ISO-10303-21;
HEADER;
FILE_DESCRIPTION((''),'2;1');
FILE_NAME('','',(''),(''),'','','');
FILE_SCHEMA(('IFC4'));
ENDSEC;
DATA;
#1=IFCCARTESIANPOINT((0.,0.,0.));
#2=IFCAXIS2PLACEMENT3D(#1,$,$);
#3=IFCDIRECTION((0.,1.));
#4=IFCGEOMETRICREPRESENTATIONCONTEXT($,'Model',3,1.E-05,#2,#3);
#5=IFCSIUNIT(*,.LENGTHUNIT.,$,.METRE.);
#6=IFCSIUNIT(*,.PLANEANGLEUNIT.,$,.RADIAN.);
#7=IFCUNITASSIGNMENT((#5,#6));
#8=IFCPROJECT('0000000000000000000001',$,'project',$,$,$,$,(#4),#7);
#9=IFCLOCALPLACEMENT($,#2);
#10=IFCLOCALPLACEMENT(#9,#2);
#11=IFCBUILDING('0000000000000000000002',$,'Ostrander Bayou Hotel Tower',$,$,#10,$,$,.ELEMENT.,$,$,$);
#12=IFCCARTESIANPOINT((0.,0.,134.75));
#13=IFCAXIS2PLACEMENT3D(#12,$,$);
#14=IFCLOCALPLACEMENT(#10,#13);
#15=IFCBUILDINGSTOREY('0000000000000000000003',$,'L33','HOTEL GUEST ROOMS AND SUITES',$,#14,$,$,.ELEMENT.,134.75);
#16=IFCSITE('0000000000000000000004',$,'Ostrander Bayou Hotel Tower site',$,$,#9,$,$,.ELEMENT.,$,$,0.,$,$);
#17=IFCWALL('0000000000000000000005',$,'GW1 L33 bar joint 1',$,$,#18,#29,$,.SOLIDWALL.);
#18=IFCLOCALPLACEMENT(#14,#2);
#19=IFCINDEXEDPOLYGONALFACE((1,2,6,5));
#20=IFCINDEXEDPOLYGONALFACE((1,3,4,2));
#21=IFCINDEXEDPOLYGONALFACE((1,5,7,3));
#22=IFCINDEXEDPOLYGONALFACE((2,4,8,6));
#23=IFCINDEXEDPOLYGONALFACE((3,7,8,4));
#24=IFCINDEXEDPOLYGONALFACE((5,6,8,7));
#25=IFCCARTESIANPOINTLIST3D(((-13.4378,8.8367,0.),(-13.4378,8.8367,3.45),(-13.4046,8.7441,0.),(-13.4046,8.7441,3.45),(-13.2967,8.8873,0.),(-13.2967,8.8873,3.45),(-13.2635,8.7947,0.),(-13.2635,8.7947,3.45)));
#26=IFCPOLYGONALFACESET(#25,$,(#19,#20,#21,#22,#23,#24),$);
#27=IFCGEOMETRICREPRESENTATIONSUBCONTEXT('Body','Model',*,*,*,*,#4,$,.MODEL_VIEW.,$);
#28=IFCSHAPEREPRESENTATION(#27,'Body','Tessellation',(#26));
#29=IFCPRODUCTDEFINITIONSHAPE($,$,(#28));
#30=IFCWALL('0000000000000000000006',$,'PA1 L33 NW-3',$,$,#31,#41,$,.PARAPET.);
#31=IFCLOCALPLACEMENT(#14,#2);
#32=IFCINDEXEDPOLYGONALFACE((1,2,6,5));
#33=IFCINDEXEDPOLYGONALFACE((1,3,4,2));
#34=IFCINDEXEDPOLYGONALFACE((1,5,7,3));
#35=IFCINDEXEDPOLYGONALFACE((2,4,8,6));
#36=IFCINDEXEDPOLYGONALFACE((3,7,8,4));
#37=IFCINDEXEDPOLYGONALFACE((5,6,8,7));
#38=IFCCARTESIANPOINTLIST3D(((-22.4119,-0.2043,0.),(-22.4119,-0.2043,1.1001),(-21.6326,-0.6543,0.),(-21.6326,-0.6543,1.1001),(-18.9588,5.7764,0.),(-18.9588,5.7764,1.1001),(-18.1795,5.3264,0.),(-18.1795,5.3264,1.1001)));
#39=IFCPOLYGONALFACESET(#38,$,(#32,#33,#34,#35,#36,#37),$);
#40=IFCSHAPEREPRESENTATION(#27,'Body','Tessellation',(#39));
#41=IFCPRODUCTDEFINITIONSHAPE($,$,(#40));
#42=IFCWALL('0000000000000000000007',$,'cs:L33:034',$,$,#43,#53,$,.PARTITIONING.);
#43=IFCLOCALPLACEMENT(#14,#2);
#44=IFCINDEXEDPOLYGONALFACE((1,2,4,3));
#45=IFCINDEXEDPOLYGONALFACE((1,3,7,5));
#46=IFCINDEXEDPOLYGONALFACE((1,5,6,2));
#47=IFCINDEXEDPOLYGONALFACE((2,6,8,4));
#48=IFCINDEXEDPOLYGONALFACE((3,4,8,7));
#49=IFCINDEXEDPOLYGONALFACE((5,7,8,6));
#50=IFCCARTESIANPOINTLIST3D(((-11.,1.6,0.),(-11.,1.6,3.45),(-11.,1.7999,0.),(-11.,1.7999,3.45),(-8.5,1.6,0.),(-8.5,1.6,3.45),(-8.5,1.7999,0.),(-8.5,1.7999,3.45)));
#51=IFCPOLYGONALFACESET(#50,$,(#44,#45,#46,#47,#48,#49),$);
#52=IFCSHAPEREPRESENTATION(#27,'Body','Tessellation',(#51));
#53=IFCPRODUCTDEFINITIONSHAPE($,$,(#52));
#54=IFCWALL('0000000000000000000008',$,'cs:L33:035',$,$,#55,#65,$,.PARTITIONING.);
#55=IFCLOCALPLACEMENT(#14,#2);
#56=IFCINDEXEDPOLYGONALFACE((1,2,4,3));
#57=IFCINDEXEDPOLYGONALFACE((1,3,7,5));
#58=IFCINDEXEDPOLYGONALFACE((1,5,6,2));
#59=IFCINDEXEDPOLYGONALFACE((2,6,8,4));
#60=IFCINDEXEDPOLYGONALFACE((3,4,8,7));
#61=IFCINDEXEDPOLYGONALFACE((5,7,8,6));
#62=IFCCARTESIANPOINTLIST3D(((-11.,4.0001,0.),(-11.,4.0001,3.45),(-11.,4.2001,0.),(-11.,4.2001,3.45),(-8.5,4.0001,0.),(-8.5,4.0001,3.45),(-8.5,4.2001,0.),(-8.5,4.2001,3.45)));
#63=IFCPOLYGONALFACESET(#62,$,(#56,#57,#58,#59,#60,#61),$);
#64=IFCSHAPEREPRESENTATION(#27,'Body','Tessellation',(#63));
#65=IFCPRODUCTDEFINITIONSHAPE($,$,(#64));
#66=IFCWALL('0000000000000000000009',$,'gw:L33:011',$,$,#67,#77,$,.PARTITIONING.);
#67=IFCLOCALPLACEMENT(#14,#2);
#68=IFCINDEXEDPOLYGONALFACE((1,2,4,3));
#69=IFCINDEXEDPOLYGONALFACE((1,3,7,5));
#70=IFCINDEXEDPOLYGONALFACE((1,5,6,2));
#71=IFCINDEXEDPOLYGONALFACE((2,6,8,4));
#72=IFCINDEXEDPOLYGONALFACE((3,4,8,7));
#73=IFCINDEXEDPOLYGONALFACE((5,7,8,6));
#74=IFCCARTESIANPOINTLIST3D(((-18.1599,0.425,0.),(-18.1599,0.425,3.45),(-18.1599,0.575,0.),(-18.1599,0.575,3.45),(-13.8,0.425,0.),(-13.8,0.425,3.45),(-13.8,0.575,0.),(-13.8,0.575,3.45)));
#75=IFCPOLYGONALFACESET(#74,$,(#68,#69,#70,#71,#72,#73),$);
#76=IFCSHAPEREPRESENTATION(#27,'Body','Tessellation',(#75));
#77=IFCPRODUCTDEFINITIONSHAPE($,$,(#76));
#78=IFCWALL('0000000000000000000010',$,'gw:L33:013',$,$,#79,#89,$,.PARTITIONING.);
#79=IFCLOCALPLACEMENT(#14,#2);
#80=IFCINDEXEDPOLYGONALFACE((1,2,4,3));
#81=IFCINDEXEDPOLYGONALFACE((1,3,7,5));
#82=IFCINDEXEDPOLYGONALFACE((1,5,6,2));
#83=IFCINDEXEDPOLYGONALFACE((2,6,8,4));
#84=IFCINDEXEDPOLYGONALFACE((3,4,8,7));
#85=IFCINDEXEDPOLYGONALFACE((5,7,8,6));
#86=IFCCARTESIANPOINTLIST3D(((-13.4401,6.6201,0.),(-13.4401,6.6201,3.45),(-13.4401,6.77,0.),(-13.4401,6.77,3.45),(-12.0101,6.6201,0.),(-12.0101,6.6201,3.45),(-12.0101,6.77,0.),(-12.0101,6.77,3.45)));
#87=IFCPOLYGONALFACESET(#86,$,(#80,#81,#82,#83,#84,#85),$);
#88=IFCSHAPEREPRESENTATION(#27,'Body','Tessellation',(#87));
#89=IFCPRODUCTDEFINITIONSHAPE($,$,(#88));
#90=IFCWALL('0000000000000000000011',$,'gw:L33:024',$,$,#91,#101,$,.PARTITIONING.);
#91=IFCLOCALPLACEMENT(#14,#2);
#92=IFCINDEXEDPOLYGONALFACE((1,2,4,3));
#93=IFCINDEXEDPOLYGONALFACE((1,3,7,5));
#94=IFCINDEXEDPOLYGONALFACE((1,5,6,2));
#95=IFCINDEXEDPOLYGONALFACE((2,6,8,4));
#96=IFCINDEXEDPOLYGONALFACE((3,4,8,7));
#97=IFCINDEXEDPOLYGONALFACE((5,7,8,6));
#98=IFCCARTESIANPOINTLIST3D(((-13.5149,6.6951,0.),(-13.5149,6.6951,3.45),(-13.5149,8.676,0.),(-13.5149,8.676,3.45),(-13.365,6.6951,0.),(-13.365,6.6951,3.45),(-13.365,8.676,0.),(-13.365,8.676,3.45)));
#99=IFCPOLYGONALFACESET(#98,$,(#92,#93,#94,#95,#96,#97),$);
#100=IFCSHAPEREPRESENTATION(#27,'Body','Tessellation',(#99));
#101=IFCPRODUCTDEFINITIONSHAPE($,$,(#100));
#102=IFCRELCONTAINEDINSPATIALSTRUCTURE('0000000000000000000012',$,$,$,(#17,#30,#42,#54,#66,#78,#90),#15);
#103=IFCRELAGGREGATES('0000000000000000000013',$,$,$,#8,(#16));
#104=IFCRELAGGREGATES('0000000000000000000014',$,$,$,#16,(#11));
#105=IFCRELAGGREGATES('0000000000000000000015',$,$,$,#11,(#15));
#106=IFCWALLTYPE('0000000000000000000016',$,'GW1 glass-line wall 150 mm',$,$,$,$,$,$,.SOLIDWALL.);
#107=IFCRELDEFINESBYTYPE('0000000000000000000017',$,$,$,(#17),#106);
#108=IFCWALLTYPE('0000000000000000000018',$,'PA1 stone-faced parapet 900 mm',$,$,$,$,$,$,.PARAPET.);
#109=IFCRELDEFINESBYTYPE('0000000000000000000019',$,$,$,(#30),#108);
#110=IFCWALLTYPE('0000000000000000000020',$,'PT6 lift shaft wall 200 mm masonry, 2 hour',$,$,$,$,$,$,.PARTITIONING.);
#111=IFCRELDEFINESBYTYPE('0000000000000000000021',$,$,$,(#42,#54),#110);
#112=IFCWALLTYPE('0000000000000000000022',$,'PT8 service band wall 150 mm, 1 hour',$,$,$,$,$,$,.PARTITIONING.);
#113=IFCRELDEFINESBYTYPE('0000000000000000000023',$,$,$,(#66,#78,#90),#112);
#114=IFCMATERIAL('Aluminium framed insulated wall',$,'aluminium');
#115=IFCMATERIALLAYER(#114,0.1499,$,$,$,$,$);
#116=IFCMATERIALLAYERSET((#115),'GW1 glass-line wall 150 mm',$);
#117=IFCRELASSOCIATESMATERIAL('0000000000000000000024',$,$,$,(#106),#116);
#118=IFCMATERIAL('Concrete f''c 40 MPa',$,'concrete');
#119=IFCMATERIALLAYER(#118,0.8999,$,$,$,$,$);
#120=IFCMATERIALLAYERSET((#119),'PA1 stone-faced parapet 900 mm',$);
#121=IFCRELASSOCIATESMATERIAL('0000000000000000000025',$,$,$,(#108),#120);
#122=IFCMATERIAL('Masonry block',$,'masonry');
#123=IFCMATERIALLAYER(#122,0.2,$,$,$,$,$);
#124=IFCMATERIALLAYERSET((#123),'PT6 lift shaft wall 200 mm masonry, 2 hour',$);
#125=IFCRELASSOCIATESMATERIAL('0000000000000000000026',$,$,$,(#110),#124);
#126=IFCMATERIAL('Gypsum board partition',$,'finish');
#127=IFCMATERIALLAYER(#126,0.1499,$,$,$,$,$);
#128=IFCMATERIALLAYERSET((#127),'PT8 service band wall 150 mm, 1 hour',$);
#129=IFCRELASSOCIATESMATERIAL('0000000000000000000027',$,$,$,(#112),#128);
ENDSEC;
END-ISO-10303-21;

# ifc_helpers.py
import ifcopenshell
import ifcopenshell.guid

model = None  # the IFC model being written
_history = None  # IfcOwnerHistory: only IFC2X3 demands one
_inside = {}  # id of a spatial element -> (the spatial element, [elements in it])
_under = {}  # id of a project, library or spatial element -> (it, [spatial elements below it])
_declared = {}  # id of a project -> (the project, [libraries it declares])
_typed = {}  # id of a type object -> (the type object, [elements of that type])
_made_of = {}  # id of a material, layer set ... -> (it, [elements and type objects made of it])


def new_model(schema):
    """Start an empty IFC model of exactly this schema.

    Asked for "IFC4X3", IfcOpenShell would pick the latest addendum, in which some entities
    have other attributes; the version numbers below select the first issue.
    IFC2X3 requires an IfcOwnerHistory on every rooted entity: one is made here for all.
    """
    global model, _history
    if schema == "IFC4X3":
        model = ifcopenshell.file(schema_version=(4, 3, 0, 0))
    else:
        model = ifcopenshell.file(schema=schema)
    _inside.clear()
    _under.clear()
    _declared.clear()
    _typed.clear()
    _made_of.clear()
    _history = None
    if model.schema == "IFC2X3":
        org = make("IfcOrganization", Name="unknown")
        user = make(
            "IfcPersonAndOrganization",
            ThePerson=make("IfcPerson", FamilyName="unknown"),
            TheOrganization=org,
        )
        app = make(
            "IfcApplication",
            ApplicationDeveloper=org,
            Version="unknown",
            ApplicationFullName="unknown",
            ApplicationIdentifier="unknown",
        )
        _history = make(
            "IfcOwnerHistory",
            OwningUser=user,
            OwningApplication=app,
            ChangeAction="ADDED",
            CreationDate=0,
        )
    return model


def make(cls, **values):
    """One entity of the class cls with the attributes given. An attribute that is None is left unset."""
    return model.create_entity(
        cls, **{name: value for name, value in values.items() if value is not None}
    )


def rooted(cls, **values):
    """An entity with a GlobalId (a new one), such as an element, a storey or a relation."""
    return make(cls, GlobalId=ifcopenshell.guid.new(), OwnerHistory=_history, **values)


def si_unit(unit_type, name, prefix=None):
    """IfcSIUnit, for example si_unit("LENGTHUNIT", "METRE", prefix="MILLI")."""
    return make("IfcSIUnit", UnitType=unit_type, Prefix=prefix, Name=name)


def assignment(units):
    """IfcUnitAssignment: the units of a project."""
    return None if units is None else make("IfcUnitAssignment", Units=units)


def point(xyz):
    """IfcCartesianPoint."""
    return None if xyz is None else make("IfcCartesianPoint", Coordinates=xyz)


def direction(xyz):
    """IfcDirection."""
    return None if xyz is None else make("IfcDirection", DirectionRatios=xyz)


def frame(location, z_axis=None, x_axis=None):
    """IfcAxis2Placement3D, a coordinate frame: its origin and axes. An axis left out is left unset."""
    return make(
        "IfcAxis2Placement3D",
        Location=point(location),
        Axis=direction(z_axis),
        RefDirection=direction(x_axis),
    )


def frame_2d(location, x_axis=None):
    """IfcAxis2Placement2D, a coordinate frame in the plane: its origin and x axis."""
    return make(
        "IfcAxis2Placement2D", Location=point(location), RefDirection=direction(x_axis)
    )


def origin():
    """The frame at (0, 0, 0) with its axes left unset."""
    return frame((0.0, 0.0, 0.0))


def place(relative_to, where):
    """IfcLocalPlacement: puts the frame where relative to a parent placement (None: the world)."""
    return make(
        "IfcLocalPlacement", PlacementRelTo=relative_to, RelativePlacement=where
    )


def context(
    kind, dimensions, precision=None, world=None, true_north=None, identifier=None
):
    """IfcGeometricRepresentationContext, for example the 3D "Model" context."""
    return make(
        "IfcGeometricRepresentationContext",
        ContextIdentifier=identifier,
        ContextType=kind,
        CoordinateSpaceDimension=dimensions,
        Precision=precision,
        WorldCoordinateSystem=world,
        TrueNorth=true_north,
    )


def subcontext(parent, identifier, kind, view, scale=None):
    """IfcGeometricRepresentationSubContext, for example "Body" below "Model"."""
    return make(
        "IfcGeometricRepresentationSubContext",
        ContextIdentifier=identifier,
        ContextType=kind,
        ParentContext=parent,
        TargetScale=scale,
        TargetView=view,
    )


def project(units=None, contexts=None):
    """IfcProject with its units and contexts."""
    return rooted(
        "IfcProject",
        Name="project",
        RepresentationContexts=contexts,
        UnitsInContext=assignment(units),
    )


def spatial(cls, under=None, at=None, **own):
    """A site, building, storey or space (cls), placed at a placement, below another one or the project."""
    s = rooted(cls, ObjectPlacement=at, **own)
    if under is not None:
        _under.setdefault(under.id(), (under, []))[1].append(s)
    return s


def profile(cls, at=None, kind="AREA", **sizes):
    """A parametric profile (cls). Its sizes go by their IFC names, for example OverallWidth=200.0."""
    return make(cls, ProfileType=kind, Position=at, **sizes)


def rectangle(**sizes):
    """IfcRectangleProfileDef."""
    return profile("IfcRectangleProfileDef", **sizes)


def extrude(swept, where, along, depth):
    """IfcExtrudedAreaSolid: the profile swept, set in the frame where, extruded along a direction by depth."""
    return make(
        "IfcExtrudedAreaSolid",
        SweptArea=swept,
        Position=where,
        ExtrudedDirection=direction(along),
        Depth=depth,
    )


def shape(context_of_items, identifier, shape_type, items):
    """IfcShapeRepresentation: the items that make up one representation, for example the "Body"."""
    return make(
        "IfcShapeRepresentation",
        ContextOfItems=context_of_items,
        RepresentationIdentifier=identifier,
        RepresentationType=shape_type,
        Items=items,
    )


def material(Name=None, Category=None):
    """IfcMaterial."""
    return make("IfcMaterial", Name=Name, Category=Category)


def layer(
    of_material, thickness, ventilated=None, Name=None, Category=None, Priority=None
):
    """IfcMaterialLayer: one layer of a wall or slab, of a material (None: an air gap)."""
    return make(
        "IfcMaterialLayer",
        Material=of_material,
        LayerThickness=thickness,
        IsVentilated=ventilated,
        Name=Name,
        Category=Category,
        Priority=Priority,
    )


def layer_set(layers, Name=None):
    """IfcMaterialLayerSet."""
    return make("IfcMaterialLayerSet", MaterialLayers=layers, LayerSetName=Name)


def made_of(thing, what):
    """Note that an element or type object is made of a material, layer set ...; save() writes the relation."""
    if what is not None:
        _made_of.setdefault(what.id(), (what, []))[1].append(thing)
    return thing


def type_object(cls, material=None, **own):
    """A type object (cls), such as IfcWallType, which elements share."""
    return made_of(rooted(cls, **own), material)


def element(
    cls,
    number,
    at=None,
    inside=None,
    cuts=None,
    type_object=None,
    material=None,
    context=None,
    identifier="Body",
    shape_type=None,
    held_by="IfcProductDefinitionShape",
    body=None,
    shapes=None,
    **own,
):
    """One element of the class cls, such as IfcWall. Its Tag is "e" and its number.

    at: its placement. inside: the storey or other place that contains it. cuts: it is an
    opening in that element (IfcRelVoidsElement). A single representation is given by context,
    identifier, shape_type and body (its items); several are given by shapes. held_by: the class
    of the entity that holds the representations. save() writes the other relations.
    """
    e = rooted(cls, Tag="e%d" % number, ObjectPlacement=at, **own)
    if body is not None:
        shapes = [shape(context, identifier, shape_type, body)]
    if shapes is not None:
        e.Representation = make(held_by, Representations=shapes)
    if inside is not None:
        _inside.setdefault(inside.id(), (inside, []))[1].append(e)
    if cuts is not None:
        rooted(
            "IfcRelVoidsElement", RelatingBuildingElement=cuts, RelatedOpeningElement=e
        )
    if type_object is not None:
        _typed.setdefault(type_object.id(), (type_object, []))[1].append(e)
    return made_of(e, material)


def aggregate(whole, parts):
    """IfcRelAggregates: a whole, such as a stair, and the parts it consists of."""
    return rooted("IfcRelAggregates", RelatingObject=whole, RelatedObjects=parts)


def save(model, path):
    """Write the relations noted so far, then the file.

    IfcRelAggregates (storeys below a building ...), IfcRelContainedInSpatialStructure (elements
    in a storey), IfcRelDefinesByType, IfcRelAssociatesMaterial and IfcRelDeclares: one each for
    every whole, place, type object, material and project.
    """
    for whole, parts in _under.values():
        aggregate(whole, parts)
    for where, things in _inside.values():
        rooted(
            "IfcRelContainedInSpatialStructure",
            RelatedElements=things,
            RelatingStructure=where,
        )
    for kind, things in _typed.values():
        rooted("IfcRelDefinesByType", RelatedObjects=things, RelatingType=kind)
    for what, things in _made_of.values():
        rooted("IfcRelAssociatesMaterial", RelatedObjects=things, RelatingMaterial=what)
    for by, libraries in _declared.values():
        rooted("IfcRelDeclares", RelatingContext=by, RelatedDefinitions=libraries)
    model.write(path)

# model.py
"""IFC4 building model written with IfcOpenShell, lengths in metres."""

from ifc_helpers import new_model, si_unit, direction, frame, frame_2d, origin, place, context, subcontext, project, spatial, rectangle, extrude, material, layer, layer_set, type_object, element, save


model = new_model("IFC4")

# Units and contexts
model_context = context("Model", 3, precision=1e-05, world=origin(), true_north=direction((0.0, 1.0)))
body_context = subcontext(model_context, "Body", "Model", "MODEL_VIEW")
ifc_project = project(units=[si_unit("LENGTHUNIT", "METRE"), si_unit("PLANEANGLEUNIT", "RADIAN")], contexts=[model_context])

# Site, building, storey
site_placement = place(None, origin())
site = spatial("IfcSite", under=ifc_project, at=site_placement, Name="Ostrander Bayou Hotel Tower site", CompositionType="ELEMENT", RefElevation=0.0)
building_placement = place(site_placement, origin())
building = spatial("IfcBuilding", under=site, at=building_placement, Name="Ostrander Bayou Hotel Tower", CompositionType="ELEMENT")
storey_placement = place(building_placement, frame((0.0, 0.0, 134.75)))
storey = spatial("IfcBuildingStorey", under=building, at=storey_placement, Name="L33", Description="HOTEL GUEST ROOMS AND SUITES", CompositionType="ELEMENT", Elevation=134.75)

# Shared definitions
ifc_material_1 = material(Name="Aluminium framed insulated wall", Category="aluminium")
ifc_layer_1 = layer(ifc_material_1, 0.1499)
ifc_layer_set_1 = layer_set([ifc_layer_1], Name="GW1 glass-line wall 150 mm")
wall_type_1 = type_object("IfcWallType", Name="GW1 glass-line wall 150 mm", PredefinedType="SOLIDWALL", material=ifc_layer_set_1)

# Walls
wall_1_placement = place(storey_placement, frame((-13.334, 8.7693, 0.0), z_axis=(0.0, 0.0, 1.0), x_axis=(-0.337752, 0.941235, 0.0)))
element("IfcWall", 1, at=wall_1_placement, inside=storey, type_object=wall_type_1, Name="GW1 L33 bar joint 1", PredefinedType="SOLIDWALL", context=body_context, shape_type="SweptSolid", body=[
    extrude(rectangle(XDim=0.0984, YDim=0.1499, at=frame_2d((0.0493, 0.0))), origin(), (0.0, 0.0, 1.0), 3.45),
])
ifc_material_2 = material(Name="Concrete f'c 40 MPa", Category="concrete")
ifc_layer_2 = layer(ifc_material_2, 0.8999)
ifc_layer_set_2 = layer_set([ifc_layer_2], Name="PA1 stone-faced parapet 900 mm")
wall_type_2 = type_object("IfcWallType", Name="PA1 stone-faced parapet 900 mm", PredefinedType="PARAPET", material=ifc_layer_set_2)
wall_2_placement = place(storey_placement, frame((-18.5691, 5.5515, 0.0), z_axis=(0.0, 0.0, 1.0), x_axis=(-0.500017, -0.866015, 0.0)))
element("IfcWall", 2, at=wall_2_placement, inside=storey, type_object=wall_type_2, Name="PA1 L33 NW-3", PredefinedType="PARAPET", context=body_context, shape_type="SweptSolid", body=[
    extrude(rectangle(XDim=6.906, YDim=0.8999, at=frame_2d((3.4531, 0.0))), origin(), (0.0, 0.0, 1.0), 1.1001),
])

# Walls
ifc_material_3 = material(Name="Masonry block", Category="masonry")
ifc_layer_3 = layer(ifc_material_3, 0.2)
ifc_layer_set_3 = layer_set([ifc_layer_3], Name="PT6 lift shaft wall 200 mm masonry, 2 hour")
wall_type_3 = type_object("IfcWallType", Name="PT6 lift shaft wall 200 mm masonry, 2 hour", PredefinedType="PARTITIONING", material=ifc_layer_set_3)
for number, where, z_axis, x_axis, name in (
    (3, (-11.0, 1.7, 0.0), (0.0, 0.0, 1.0), (1.0, 0.0, 0.0), "cs:L33:034"),
    (4, (-11.0, 4.1001, 0.0), (0.0, 0.0, 1.0), (1.0, 0.0, 0.0), "cs:L33:035"),
):
    element("IfcWall", number, at=place(storey_placement, frame(where, z_axis=z_axis, x_axis=x_axis)), inside=storey, type_object=wall_type_3, Name=name, PredefinedType="PARTITIONING", context=body_context, shape_type="SweptSolid", body=[
        extrude(rectangle(XDim=2.5, YDim=0.2, at=frame_2d((1.25, 0.0))), origin(), (0.0, 0.0, 1.0), 3.45),
    ])
ifc_material_4 = material(Name="Gypsum board partition", Category="finish")
ifc_layer_4 = layer(ifc_material_4, 0.1499)
ifc_layer_set_4 = layer_set([ifc_layer_4], Name="PT8 service band wall 150 mm, 1 hour")
wall_type_4 = type_object("IfcWallType", Name="PT8 service band wall 150 mm, 1 hour", PredefinedType="PARTITIONING", material=ifc_layer_set_4)
wall_3_placement = place(storey_placement, frame((-18.1599, 0.5, 0.0), z_axis=(0.0, 0.0, 1.0), x_axis=(1.0, 0.0, 0.0)))
element("IfcWall", 5, at=wall_3_placement, inside=storey, type_object=wall_type_4, Name="gw:L33:011", PredefinedType="PARTITIONING", context=body_context, shape_type="SweptSolid", body=[
    extrude(rectangle(XDim=4.3599, YDim=0.1499, at=frame_2d((2.1799, 0.0))), origin(), (0.0, 0.0, 1.0), 3.45),
])
wall_4_placement = place(storey_placement, frame((-13.4399, 6.6951, 0.0), z_axis=(0.0, 0.0, 1.0), x_axis=(1.0, 0.0, 0.0)))
element("IfcWall", 6, at=wall_4_placement, inside=storey, type_object=wall_type_4, Name="gw:L33:013", PredefinedType="PARTITIONING", context=body_context, shape_type="SweptSolid", body=[
    extrude(rectangle(XDim=1.4299, YDim=0.1499, at=frame_2d((0.7148, 0.0))), origin(), (0.0, 0.0, 1.0), 3.45),
])
wall_5_placement = place(storey_placement, frame((-13.4399, 6.6951, 0.0), z_axis=(0.0, 0.0, 1.0), x_axis=(0.0, 1.0, 0.0)))
element("IfcWall", 7, at=wall_5_placement, inside=storey, type_object=wall_type_4, Name="gw:L33:024", PredefinedType="PARTITIONING", context=body_context, shape_type="SweptSolid", body=[
    extrude(rectangle(XDim=1.981, YDim=0.1499, at=frame_2d((0.9905, 0.0))), origin(), (0.0, 0.0, 1.0), 3.45),
])

save(model, "model.ifc")
